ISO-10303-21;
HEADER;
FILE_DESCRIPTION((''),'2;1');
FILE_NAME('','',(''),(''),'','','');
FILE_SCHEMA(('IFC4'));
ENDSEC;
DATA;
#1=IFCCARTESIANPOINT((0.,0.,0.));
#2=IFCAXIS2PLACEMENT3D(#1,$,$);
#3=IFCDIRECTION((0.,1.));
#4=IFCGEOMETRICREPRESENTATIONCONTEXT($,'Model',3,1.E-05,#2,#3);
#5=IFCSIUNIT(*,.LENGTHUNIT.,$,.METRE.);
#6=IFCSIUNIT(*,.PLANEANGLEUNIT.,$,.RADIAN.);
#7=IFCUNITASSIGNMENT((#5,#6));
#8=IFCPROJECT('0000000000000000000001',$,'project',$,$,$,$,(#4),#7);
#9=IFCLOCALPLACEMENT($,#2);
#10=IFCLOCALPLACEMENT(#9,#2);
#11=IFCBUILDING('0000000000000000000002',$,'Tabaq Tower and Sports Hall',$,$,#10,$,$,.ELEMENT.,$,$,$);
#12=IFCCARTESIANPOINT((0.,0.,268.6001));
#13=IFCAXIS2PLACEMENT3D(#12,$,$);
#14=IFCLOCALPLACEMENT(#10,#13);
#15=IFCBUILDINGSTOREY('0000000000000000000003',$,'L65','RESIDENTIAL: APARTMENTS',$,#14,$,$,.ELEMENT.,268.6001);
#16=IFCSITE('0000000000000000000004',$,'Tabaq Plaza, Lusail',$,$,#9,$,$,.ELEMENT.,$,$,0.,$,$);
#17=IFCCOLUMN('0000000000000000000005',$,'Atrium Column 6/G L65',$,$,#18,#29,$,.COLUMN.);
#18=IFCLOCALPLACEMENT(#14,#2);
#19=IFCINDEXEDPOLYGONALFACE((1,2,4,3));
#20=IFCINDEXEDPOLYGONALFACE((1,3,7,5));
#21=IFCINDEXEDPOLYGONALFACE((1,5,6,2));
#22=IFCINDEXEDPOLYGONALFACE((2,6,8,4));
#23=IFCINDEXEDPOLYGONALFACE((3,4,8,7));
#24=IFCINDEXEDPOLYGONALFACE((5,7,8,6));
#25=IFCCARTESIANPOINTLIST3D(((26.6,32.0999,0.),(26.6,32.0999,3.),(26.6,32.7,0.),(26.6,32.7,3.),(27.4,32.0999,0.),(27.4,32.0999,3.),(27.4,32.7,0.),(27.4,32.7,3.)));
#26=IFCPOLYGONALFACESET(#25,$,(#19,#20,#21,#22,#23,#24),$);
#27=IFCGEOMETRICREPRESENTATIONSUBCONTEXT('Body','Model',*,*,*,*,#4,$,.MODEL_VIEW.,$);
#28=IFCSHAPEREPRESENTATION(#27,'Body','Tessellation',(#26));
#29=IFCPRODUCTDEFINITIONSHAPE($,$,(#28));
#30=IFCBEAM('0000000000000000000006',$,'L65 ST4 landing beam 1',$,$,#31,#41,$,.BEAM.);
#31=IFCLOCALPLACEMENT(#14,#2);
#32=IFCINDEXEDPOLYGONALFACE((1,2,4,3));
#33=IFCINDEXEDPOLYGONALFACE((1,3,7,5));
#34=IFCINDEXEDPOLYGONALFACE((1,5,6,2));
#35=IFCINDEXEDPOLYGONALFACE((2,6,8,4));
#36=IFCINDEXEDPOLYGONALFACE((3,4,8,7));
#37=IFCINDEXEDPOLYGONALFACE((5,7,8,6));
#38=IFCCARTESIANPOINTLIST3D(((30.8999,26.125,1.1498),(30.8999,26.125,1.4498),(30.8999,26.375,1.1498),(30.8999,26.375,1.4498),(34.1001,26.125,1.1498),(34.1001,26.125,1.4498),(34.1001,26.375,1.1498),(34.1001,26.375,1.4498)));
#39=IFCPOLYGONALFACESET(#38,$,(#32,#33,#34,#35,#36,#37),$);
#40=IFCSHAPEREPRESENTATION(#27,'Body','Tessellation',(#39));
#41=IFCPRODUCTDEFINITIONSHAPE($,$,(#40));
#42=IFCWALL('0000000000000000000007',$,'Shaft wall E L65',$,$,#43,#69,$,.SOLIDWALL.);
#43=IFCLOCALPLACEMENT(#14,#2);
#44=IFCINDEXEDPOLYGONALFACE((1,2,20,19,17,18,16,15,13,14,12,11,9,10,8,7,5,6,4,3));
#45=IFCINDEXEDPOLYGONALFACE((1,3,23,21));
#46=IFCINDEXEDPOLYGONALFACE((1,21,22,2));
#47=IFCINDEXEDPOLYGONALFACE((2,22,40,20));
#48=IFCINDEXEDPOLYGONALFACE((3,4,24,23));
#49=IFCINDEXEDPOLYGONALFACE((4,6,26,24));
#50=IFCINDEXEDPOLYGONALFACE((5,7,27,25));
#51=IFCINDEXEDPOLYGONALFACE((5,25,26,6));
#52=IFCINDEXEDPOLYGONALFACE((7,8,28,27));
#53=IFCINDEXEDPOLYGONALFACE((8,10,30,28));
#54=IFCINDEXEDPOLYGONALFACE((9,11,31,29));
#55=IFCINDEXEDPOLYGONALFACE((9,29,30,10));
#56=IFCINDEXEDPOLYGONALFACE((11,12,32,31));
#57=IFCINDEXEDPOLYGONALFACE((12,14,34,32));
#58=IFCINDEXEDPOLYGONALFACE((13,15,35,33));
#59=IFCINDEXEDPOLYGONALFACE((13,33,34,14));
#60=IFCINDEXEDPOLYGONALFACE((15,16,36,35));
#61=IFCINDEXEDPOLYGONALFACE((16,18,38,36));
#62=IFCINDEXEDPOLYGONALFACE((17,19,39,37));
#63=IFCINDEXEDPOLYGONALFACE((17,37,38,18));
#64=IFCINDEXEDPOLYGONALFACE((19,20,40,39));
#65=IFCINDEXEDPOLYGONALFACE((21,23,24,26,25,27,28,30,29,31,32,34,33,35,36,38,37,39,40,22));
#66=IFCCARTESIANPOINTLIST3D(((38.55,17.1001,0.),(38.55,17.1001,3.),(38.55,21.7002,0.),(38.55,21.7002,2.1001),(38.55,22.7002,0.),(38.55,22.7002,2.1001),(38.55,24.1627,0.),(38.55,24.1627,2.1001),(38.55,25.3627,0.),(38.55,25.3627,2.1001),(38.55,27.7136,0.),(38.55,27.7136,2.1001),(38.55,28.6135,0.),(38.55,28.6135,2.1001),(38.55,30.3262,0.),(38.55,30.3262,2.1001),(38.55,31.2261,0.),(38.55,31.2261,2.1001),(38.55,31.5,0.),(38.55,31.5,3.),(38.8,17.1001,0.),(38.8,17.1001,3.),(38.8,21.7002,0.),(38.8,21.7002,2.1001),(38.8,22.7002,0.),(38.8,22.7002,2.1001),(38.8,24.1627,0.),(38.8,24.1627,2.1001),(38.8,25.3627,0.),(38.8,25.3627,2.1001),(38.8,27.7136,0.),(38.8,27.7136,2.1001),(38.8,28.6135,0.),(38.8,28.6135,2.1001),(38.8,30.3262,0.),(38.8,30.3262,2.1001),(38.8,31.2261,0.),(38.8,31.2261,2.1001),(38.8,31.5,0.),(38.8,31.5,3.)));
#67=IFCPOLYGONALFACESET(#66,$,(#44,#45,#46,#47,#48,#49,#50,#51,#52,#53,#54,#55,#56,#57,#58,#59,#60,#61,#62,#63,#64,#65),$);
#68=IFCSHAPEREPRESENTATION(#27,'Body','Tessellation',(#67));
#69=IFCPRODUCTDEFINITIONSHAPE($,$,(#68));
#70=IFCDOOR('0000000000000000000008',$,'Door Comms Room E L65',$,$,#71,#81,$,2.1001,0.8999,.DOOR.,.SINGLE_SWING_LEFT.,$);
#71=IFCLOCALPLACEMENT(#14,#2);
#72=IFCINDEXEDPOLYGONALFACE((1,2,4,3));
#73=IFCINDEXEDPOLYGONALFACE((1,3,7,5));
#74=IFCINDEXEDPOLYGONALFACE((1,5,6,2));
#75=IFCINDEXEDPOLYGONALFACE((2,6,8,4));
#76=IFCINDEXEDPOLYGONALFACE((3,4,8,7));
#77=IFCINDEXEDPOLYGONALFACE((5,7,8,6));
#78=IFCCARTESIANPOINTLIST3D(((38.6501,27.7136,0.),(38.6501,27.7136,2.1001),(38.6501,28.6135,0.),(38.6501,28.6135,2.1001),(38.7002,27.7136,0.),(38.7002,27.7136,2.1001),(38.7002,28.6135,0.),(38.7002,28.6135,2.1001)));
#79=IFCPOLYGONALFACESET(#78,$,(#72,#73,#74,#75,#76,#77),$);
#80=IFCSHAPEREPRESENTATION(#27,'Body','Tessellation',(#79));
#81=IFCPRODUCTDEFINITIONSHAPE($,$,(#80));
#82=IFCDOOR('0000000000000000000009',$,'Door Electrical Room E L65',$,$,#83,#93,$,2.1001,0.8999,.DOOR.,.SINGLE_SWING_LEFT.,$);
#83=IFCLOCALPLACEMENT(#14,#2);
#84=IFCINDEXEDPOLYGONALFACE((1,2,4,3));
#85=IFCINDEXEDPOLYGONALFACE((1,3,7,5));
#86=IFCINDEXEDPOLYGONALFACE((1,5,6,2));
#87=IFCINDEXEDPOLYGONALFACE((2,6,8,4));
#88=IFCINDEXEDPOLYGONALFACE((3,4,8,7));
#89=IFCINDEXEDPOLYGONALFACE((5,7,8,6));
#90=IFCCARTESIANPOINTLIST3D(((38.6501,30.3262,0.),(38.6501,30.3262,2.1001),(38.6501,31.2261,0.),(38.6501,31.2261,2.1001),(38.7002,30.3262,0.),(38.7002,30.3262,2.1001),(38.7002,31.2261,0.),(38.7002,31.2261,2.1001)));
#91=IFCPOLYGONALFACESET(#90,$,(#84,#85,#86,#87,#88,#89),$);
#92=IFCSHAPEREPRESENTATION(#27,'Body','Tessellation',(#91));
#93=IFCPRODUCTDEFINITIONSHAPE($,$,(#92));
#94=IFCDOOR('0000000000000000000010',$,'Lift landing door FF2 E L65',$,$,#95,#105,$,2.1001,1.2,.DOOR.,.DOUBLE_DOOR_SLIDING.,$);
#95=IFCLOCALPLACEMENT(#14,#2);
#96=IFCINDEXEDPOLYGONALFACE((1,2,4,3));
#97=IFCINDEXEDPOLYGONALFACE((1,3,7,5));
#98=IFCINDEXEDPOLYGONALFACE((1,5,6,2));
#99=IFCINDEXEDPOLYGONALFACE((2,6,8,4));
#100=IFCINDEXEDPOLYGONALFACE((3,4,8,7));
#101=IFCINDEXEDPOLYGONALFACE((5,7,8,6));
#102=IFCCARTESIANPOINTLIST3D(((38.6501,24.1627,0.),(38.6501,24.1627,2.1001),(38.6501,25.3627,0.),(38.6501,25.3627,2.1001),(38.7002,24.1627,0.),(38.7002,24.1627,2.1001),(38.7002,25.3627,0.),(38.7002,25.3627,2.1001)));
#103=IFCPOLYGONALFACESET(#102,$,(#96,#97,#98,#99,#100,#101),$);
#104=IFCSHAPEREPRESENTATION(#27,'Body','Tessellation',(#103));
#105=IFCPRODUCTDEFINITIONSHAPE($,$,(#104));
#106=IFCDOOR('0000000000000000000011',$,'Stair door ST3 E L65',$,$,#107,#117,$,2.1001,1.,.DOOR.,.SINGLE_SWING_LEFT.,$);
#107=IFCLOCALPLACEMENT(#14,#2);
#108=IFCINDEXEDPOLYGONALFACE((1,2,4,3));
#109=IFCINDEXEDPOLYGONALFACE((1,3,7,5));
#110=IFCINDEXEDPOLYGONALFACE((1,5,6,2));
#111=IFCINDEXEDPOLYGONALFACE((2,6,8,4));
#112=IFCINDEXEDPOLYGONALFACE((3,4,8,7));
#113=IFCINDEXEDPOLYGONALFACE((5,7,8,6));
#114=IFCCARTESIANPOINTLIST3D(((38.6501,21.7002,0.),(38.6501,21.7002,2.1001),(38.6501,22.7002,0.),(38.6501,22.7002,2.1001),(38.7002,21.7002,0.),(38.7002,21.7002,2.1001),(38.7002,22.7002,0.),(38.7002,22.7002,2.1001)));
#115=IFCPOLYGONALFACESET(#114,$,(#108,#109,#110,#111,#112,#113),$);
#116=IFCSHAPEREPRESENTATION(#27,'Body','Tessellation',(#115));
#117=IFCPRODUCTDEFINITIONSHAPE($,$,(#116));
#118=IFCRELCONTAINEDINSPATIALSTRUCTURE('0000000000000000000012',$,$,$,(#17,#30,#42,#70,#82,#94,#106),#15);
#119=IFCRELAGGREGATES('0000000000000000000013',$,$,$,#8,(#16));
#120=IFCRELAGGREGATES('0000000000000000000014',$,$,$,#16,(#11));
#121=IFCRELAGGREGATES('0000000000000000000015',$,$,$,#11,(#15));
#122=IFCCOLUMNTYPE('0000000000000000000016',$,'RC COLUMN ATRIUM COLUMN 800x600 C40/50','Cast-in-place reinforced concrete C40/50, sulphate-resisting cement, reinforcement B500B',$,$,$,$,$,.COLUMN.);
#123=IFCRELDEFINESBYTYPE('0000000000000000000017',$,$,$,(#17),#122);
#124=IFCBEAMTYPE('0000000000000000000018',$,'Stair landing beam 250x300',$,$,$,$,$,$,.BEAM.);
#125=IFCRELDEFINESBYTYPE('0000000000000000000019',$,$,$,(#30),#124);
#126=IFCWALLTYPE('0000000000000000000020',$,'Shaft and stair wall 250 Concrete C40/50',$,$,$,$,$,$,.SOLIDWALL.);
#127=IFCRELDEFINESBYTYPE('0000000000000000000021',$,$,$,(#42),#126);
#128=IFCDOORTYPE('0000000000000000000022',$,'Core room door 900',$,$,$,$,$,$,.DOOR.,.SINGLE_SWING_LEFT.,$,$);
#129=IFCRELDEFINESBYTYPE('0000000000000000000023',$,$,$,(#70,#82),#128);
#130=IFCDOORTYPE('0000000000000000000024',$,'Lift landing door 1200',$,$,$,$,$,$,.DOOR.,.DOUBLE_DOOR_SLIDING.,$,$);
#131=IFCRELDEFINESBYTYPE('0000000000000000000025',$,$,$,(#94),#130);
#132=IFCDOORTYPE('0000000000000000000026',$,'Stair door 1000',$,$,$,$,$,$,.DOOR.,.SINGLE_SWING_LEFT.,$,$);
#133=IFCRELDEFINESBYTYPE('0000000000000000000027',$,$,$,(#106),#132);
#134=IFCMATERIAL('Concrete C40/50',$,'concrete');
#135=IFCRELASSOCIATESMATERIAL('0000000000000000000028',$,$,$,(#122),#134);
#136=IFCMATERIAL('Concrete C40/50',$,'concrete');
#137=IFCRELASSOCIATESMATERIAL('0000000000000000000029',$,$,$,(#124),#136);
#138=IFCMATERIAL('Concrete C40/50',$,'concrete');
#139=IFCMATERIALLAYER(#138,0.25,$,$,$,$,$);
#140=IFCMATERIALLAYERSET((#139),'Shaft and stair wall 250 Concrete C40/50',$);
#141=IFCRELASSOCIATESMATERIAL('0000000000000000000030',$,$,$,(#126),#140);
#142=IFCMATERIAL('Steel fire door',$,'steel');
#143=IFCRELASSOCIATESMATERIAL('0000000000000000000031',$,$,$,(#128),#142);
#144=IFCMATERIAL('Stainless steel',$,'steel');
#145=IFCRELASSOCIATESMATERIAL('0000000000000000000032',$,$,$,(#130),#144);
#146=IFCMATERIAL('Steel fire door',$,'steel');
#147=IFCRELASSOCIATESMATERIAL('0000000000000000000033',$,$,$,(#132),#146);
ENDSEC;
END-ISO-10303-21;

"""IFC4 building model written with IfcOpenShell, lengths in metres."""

from ifc_helpers import new_model, si_unit, direction, frame, frame_2d, origin, origin_2d, place, context, subcontext, project, spatial, rectangle, extrude, material, layer, layer_set, material_profile, profile_set, type_object, element, fill, save


model = new_model("IFC4")

# Units and contexts
model_context = context("Model", 3, precision=1e-05, world=origin(), true_north=direction((0.0, 1.0)))
body_context = subcontext(model_context, "Body", "Model", "MODEL_VIEW")
ifc_project = project(units=[si_unit("LENGTHUNIT", "METRE"), si_unit("PLANEANGLEUNIT", "RADIAN")], contexts=[model_context])

# Site, building, storey
site_placement = place(None, origin())
site = spatial("IfcSite", under=ifc_project, at=site_placement, Name="Tabaq Plaza, Lusail", CompositionType="ELEMENT", RefElevation=0.0)
building_placement = place(site_placement, origin())
building = spatial("IfcBuilding", under=site, at=building_placement, Name="Tabaq Tower and Sports Hall", CompositionType="ELEMENT")
storey_placement = place(building_placement, frame((0.0, 0.0, 268.6001)))
storey = spatial("IfcBuildingStorey", under=building, at=storey_placement, Name="L65", Description="RESIDENTIAL: APARTMENTS", CompositionType="ELEMENT", Elevation=268.6001)

# Column
ifc_material_1 = material(Name="Concrete C40/50", Category="concrete")
ifc_material_profile_1 = material_profile(ifc_material_1, rectangle(XDim=0.8, YDim=0.6001, at=origin_2d()), Name="ATRIUM COLUMN 800x600")
ifc_profile_set_1 = profile_set([ifc_material_profile_1], Name="Concrete C40/50")
column_type = type_object("IfcColumnType", Name="RC COLUMN ATRIUM COLUMN 800x600 C40/50", Description="Cast-in-place reinforced concrete C40/50, sulphate-resisting cement, reinforcement B500B", PredefinedType="COLUMN", material=ifc_profile_set_1)
column_placement = place(storey_placement, frame((27.0, 32.3999, 0.0), z_axis=(0.0, 0.0, 1.0), x_axis=(1.0, 0.0, 0.0)))
element("IfcColumn", 1, at=column_placement, inside=storey, type_object=column_type, Name="Atrium Column 6/G L65", PredefinedType="COLUMN", context=body_context, shape_type="SweptSolid", body=[
    extrude(rectangle(XDim=0.8, YDim=0.6001, at=origin_2d()), origin(), (0.0, 0.0, 1.0), 3.0),
])

# Beam
ifc_material_2 = material(Name="Concrete C40/50", Category="concrete")
ifc_material_profile_2 = material_profile(ifc_material_2, rectangle(XDim=0.25, YDim=0.3, at=origin_2d()), Name="RC 250x300")
ifc_profile_set_2 = profile_set([ifc_material_profile_2], Name="Concrete C40/50")
beam_type = type_object("IfcBeamType", Name="Stair landing beam 250x300", PredefinedType="BEAM", material=ifc_profile_set_2)
beam_placement = place(storey_placement, frame((30.8999, 26.25, 1.2998), z_axis=(1.0, 0.0, 0.0), x_axis=(0.0, 1.0, 0.0)))
element("IfcBeam", 2, at=beam_placement, inside=storey, type_object=beam_type, Name="L65 ST4 landing beam 1", PredefinedType="BEAM", context=body_context, shape_type="SweptSolid", body=[
    extrude(rectangle(XDim=0.25, YDim=0.3, at=origin_2d()), origin(), (0.0, 0.0, 1.0), 3.2002),
])

# Wall, openings, doors
ifc_material_3 = material(Name="Concrete C40/50", Category="concrete")
ifc_layer_1 = layer(ifc_material_3, 0.25)
ifc_layer_set_1 = layer_set([ifc_layer_1], Name="Shaft and stair wall 250 Concrete C40/50")
wall_type_1 = type_object("IfcWallType", Name="Shaft and stair wall 250 Concrete C40/50", PredefinedType="SOLIDWALL", material=ifc_layer_set_1)
wall_1_placement = place(storey_placement, frame((38.675, 17.1001, 0.0), z_axis=(0.0, 0.0, 1.0), x_axis=(0.0, 1.0, 0.0)))
wall_1 = element("IfcWall", 3, at=wall_1_placement, inside=storey, type_object=wall_type_1, Name="Shaft wall E L65", PredefinedType="SOLIDWALL", context=body_context, shape_type="SweptSolid", body=[
    extrude(rectangle(XDim=14.3999, YDim=0.25, at=frame_2d((7.2, 0.0))), origin(), (0.0, 0.0, 1.0), 3.0),
])
opening_1_placement = place(wall_1_placement, frame((4.6001, 0.0, 0.0)))
opening_1 = element("IfcOpeningElement", 4, at=opening_1_placement, cuts=wall_1, PredefinedType="OPENING", context=body_context, shape_type="SweptSolid", body=[
    extrude(rectangle(XDim=1.0, YDim=2.1001, at=frame_2d((0.5, 1.05))), frame((0.0, 0.125, 0.0), z_axis=(0.0, -1.0, 0.0), x_axis=(1.0, 0.0, 0.0)), (0.0, 0.0, 1.0), 0.25),
])
opening_2_placement = place(wall_1_placement, frame((7.0625, 0.0, 0.0)))
opening_2 = element("IfcOpeningElement", 5, at=opening_2_placement, cuts=wall_1, PredefinedType="OPENING", context=body_context, shape_type="SweptSolid", body=[
    extrude(rectangle(XDim=1.2, YDim=2.1001, at=frame_2d((0.6001, 1.05))), frame((0.0, 0.125, 0.0), z_axis=(0.0, -1.0, 0.0), x_axis=(1.0, 0.0, 0.0)), (0.0, 0.0, 1.0), 0.25),
])
opening_3_placement = place(wall_1_placement, frame((10.6135, 0.0, 0.0)))
opening_3 = element("IfcOpeningElement", 6, at=opening_3_placement, cuts=wall_1, PredefinedType="OPENING", context=body_context, shape_type="SweptSolid", body=[
    extrude(rectangle(XDim=0.8999, YDim=2.1001, at=frame_2d((0.45, 1.05))), frame((0.0, 0.125, 0.0), z_axis=(0.0, -1.0, 0.0), x_axis=(1.0, 0.0, 0.0)), (0.0, 0.0, 1.0), 0.25),
])
opening_4_placement = place(wall_1_placement, frame((13.2261, 0.0, 0.0)))
opening_4 = element("IfcOpeningElement", 7, at=opening_4_placement, cuts=wall_1, PredefinedType="OPENING", context=body_context, shape_type="SweptSolid", body=[
    extrude(rectangle(XDim=0.8999, YDim=2.1001, at=frame_2d((0.45, 1.05))), frame((0.0, 0.125, 0.0), z_axis=(0.0, -1.0, 0.0), x_axis=(1.0, 0.0, 0.0)), (0.0, 0.0, 1.0), 0.25),
])
ifc_material_4 = material(Name="Steel fire door", Category="steel")
door_type_1 = type_object("IfcDoorType", Name="Core room door 900", OperationType="SINGLE_SWING_LEFT", PredefinedType="DOOR", material=ifc_material_4)
door_1_placement = place(opening_3_placement, origin())
door_1 = element("IfcDoor", 8, at=door_1_placement, inside=storey, type_object=door_type_1, Name="Door Comms Room E L65", OperationType="SINGLE_SWING_LEFT", OverallHeight=2.1001, OverallWidth=0.8999, PredefinedType="DOOR", context=body_context, shape_type="SweptSolid", body=[
    extrude(rectangle(XDim=0.8999, YDim=2.1001, at=frame_2d((0.45, 1.05))), frame((0.0, 0.0249, 0.0), z_axis=(0.0, -1.0, 0.0), x_axis=(1.0, 0.0, 0.0)), (0.0, 0.0, 1.0), 0.05),
])
fill(opening_3, door_1)
door_2_placement = place(opening_4_placement, origin())
door_2 = element("IfcDoor", 9, at=door_2_placement, inside=storey, type_object=door_type_1, Name="Door Electrical Room E L65", OperationType="SINGLE_SWING_LEFT", OverallHeight=2.1001, OverallWidth=0.8999, PredefinedType="DOOR", context=body_context, shape_type="SweptSolid", body=[
    extrude(rectangle(XDim=0.8999, YDim=2.1001, at=frame_2d((0.45, 1.05))), frame((0.0, 0.0249, 0.0), z_axis=(0.0, -1.0, 0.0), x_axis=(1.0, 0.0, 0.0)), (0.0, 0.0, 1.0), 0.05),
])
fill(opening_4, door_2)
ifc_material_5 = material(Name="Stainless steel", Category="steel")
door_type_2 = type_object("IfcDoorType", Name="Lift landing door 1200", OperationType="DOUBLE_DOOR_SLIDING", PredefinedType="DOOR", material=ifc_material_5)
door_3_placement = place(opening_2_placement, origin())
door_3 = element("IfcDoor", 10, at=door_3_placement, inside=storey, type_object=door_type_2, Name="Lift landing door FF2 E L65", OperationType="DOUBLE_DOOR_SLIDING", OverallHeight=2.1001, OverallWidth=1.2, PredefinedType="DOOR", context=body_context, shape_type="SweptSolid", body=[
    extrude(rectangle(XDim=1.2, YDim=2.1001, at=frame_2d((0.6001, 1.05))), frame((0.0, 0.0249, 0.0), z_axis=(0.0, -1.0, 0.0), x_axis=(1.0, 0.0, 0.0)), (0.0, 0.0, 1.0), 0.05),
])
fill(opening_2, door_3)
ifc_material_6 = material(Name="Steel fire door", Category="steel")
door_type_3 = type_object("IfcDoorType", Name="Stair door 1000", OperationType="SINGLE_SWING_LEFT", PredefinedType="DOOR", material=ifc_material_6)
door_4_placement = place(opening_1_placement, origin())
door_4 = element("IfcDoor", 11, at=door_4_placement, inside=storey, type_object=door_type_3, Name="Stair door ST3 E L65", OperationType="SINGLE_SWING_LEFT", OverallHeight=2.1001, OverallWidth=1.0, PredefinedType="DOOR", context=body_context, shape_type="SweptSolid", body=[
    extrude(rectangle(XDim=1.0, YDim=2.1001, at=frame_2d((0.5, 1.05))), frame((0.0, 0.0249, 0.0), z_axis=(0.0, -1.0, 0.0), x_axis=(1.0, 0.0, 0.0)), (0.0, 0.0, 1.0), 0.05),
])
fill(opening_1, door_4)

save(model, "model.ifc")
